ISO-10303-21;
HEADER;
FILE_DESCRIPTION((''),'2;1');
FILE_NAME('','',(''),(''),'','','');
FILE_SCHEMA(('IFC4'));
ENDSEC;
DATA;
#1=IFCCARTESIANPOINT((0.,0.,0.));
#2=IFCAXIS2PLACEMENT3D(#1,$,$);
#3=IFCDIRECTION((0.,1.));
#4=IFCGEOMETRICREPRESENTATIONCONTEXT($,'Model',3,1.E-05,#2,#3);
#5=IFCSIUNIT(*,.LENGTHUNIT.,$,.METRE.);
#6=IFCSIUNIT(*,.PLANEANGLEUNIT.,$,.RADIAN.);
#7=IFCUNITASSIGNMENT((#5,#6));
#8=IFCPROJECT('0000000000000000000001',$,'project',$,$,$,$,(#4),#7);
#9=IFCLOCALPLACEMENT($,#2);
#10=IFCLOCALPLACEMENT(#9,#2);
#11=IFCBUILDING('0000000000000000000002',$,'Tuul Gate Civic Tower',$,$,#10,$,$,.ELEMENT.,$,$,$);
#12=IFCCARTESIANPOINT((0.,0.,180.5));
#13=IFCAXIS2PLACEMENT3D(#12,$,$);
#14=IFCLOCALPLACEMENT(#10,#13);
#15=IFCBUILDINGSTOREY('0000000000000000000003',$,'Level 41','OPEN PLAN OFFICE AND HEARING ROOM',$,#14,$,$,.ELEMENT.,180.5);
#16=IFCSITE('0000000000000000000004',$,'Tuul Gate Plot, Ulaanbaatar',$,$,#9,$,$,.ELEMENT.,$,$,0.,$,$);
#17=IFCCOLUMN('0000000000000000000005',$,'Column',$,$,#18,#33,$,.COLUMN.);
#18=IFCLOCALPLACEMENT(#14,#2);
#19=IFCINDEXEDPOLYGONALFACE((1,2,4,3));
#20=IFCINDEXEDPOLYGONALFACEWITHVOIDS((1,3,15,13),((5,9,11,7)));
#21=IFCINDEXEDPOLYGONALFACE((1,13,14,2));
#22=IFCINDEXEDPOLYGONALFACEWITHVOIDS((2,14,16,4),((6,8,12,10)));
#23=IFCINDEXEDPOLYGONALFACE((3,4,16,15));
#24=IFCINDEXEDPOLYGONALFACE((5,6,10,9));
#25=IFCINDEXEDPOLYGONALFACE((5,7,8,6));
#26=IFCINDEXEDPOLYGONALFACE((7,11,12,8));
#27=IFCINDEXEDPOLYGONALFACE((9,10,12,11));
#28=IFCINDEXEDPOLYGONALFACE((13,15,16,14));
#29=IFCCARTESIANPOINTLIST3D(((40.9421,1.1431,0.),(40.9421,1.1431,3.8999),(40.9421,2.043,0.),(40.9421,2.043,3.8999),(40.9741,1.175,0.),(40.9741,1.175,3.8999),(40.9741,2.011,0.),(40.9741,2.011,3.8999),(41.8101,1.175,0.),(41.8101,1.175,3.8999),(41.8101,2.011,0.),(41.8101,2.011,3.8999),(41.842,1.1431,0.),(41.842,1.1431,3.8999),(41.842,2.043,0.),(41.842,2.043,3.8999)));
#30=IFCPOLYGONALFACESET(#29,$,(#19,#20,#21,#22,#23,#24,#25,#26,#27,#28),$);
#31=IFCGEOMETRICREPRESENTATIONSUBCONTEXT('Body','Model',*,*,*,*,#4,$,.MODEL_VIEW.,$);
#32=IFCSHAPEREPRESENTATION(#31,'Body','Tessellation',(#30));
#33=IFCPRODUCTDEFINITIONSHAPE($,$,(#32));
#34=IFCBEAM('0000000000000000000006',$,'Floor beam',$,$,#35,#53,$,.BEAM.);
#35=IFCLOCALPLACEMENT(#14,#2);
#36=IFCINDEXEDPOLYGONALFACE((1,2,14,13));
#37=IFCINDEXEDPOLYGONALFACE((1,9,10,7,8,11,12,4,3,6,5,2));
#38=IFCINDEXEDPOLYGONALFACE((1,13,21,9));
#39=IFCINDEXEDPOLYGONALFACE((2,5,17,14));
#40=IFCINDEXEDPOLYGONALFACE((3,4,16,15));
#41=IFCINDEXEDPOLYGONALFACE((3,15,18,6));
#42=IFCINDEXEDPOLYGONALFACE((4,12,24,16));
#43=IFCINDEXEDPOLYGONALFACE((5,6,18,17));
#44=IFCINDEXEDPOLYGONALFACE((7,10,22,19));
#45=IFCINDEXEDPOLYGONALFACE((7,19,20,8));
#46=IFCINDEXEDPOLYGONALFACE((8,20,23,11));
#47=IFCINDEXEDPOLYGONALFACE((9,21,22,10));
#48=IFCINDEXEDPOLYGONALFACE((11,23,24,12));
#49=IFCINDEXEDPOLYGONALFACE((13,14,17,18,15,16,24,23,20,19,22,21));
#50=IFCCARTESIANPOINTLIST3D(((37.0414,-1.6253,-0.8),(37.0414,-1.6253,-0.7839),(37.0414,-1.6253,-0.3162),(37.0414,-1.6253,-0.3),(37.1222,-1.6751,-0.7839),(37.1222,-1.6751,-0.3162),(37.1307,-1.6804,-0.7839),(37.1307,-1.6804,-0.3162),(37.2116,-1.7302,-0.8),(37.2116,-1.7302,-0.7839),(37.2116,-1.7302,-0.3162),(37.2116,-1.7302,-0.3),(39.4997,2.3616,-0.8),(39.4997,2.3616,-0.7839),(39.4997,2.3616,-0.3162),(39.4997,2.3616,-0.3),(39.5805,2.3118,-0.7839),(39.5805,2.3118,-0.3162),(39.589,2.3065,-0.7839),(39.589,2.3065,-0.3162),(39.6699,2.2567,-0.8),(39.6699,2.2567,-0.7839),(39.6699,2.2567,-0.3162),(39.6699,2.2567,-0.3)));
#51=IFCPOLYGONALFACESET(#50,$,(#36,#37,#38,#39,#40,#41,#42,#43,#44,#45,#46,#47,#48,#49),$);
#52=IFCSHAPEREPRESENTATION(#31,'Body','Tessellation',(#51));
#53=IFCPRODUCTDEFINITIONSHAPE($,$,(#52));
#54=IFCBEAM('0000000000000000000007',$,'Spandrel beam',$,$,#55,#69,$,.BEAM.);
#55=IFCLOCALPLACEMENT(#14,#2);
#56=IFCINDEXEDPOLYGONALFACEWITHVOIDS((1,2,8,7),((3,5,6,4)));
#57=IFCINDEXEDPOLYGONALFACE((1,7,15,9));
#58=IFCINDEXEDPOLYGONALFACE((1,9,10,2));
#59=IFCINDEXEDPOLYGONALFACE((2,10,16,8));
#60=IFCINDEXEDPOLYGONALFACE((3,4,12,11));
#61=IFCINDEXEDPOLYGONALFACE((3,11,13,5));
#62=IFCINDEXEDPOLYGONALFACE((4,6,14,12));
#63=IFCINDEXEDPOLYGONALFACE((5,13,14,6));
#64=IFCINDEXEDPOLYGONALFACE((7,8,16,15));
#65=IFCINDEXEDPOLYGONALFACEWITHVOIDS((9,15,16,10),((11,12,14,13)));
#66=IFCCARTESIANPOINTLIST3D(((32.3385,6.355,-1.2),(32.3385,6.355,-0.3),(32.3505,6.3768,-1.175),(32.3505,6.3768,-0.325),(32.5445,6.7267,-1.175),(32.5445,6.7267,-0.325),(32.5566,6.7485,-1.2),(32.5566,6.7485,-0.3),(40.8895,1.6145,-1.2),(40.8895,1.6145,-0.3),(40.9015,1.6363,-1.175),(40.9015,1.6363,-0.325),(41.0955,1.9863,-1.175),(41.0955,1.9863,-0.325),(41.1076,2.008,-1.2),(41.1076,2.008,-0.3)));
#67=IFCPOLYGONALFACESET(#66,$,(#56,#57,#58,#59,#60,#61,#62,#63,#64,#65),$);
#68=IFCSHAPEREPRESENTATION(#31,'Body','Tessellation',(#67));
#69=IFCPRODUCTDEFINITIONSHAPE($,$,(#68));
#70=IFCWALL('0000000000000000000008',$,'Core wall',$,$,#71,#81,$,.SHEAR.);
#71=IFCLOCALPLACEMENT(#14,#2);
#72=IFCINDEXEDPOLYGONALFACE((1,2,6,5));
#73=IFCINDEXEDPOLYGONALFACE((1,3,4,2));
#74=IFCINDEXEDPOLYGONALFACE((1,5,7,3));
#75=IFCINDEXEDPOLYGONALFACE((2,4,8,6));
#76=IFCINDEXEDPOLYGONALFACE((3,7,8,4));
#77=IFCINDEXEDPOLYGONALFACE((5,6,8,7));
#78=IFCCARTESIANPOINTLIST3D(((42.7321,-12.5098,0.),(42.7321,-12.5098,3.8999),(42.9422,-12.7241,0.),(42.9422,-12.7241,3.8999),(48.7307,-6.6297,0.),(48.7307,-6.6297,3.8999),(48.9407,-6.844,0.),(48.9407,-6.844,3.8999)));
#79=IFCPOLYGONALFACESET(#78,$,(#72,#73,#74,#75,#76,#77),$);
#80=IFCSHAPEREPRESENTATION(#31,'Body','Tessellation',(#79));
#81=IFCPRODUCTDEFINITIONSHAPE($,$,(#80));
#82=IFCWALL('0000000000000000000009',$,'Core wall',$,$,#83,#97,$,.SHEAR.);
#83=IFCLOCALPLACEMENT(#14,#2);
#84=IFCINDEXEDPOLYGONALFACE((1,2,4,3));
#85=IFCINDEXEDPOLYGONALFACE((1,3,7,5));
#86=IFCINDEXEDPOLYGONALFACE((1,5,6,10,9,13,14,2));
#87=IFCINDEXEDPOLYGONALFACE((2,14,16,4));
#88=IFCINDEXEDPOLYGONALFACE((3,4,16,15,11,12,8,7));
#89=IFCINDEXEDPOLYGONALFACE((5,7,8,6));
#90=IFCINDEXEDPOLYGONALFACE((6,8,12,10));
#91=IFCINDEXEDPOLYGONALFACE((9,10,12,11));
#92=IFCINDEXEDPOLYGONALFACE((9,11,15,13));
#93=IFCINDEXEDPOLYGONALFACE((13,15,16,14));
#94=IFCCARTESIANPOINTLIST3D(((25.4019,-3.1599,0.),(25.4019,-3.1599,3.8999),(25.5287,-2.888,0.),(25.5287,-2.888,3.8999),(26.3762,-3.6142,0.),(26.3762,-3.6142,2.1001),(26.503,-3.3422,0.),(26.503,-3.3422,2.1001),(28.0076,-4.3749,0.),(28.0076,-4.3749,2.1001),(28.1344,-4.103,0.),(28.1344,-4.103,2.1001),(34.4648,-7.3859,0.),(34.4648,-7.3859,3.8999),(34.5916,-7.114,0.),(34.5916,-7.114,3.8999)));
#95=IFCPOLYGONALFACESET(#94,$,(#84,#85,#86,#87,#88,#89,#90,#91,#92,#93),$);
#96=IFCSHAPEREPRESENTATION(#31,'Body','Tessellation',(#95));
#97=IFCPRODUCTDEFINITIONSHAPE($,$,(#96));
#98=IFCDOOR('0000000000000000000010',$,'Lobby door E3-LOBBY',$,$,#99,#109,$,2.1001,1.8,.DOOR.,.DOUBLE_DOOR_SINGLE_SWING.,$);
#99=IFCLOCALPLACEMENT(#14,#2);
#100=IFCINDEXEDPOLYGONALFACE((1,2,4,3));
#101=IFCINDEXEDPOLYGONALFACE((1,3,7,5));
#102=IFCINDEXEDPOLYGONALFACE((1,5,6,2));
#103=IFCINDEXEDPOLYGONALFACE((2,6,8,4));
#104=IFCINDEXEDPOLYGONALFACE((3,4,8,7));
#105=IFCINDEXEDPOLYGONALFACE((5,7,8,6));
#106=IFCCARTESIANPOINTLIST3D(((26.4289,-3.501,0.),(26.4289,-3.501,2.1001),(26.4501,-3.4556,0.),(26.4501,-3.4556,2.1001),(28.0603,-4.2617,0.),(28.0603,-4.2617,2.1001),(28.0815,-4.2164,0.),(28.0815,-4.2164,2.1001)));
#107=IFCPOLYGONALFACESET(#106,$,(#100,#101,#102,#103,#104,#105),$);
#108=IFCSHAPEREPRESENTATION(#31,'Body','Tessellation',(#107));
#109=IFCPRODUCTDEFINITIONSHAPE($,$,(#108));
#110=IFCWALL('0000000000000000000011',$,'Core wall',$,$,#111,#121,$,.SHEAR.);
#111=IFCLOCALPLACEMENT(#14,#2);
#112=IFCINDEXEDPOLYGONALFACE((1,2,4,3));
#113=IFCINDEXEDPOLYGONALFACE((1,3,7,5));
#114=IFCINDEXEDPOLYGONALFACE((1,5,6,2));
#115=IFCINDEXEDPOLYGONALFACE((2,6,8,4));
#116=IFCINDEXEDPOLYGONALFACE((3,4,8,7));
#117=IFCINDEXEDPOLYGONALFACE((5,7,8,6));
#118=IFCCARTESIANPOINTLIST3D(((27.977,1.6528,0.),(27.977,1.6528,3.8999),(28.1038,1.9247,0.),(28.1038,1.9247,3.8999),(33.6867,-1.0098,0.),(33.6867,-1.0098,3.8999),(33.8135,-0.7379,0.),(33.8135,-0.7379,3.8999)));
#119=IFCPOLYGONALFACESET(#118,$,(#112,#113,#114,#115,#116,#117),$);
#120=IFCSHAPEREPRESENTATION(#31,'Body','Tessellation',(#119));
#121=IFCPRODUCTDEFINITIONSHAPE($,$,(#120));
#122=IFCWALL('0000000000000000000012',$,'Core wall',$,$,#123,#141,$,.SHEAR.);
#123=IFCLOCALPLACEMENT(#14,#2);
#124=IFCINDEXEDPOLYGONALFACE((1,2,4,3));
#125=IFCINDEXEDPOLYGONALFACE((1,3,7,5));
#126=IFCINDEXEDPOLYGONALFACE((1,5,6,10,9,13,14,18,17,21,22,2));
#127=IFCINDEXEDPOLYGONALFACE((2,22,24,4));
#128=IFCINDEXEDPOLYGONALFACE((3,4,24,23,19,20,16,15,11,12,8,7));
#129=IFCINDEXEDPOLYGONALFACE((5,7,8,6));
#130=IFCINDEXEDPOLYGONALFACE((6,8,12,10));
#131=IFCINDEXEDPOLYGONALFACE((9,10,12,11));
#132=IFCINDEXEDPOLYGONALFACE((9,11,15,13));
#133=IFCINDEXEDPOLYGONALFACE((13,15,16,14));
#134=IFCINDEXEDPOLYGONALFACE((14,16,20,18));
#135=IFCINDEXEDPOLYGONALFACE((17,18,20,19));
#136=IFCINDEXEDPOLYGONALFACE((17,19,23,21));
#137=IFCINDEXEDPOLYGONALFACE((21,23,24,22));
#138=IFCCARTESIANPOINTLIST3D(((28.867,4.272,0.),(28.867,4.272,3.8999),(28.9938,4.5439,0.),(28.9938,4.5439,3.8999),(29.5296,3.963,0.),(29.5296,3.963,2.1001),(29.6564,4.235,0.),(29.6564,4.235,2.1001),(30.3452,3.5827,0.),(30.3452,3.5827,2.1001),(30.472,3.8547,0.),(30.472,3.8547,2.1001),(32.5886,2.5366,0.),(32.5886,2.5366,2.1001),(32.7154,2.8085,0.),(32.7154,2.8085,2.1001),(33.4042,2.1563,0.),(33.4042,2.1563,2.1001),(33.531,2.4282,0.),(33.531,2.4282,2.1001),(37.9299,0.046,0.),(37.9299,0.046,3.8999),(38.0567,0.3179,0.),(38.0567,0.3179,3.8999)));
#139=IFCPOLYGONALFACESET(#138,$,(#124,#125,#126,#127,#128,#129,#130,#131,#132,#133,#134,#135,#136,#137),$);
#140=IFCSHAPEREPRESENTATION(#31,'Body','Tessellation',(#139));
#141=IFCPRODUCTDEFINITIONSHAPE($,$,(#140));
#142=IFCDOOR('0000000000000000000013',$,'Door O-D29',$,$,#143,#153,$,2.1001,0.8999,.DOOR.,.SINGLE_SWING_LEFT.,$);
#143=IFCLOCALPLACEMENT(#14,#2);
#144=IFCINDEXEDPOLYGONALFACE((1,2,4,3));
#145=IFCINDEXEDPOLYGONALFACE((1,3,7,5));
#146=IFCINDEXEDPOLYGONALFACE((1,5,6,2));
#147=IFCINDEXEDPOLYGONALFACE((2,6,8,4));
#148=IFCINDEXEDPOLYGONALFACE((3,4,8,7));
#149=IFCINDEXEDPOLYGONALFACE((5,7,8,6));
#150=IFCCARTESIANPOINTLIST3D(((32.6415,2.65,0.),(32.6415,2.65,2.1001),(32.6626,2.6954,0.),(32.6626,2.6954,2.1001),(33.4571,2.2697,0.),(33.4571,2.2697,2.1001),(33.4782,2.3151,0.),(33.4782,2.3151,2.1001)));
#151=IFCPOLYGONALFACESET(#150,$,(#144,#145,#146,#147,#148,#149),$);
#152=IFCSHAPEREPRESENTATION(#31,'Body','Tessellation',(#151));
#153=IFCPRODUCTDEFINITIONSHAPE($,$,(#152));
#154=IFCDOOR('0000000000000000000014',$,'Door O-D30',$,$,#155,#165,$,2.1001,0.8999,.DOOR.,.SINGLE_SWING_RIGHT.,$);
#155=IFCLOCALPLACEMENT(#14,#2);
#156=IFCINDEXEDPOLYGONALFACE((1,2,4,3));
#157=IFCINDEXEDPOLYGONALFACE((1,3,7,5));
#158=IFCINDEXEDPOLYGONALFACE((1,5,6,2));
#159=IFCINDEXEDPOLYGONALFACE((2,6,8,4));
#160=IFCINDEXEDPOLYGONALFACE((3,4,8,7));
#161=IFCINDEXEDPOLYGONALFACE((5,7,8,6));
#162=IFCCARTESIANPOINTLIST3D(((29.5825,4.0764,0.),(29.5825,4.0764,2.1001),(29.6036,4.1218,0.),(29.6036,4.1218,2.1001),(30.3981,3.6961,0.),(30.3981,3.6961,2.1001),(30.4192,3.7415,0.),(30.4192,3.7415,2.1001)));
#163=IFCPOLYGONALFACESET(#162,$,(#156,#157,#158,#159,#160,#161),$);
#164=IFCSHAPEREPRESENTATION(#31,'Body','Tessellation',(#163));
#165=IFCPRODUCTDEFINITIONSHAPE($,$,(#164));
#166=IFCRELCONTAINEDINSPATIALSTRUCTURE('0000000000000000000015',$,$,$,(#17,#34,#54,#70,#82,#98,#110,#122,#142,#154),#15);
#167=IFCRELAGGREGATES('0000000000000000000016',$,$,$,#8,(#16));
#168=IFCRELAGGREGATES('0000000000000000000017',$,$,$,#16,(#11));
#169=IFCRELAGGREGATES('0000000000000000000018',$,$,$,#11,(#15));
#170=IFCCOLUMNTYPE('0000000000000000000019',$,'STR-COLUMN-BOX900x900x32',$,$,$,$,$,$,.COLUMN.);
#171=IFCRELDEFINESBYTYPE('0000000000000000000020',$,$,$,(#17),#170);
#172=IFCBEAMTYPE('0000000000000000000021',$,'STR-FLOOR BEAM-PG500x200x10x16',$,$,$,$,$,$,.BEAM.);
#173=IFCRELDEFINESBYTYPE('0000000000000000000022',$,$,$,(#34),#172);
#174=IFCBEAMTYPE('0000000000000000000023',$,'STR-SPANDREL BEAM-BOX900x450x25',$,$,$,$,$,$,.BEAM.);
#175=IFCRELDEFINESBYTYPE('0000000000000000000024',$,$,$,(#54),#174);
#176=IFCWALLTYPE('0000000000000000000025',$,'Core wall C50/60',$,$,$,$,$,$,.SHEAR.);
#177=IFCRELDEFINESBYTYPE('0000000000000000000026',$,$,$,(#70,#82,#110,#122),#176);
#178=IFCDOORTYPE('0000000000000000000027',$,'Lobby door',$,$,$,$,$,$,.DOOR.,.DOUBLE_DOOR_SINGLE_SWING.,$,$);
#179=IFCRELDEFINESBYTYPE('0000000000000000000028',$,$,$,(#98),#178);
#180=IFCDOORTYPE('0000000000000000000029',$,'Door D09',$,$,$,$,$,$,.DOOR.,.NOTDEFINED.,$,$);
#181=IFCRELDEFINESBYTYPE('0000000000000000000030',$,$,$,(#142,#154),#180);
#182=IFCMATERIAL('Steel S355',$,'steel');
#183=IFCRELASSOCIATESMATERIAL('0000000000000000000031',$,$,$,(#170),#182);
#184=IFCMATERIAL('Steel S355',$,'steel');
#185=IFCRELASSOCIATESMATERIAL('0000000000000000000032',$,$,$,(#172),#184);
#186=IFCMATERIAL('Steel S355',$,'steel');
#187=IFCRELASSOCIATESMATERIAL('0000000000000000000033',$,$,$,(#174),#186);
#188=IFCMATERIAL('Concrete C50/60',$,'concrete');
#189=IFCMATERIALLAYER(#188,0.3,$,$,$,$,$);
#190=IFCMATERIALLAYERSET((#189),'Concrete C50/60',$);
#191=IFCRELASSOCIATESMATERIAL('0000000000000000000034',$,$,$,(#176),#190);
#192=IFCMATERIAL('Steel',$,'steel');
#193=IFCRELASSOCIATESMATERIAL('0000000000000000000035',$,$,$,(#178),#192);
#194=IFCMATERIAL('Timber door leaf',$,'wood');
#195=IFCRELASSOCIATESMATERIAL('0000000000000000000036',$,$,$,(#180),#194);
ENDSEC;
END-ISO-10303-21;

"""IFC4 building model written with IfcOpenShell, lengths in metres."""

from ifc_helpers import new_model, si_unit, direction, frame, frame_2d, origin, origin_2d, place, context, subcontext, project, spatial, rectangle, hollow_rectangle, i_section, extrude, material, layer, layer_set, material_profile, profile_set, type_object, element, fill, save


model = new_model("IFC4")

# Units and contexts
model_context = context("Model", 3, precision=1e-05, world=origin(), true_north=direction((0.0, 1.0)))
body_context = subcontext(model_context, "Body", "Model", "MODEL_VIEW")
ifc_project = project(units=[si_unit("LENGTHUNIT", "METRE"), si_unit("PLANEANGLEUNIT", "RADIAN")], contexts=[model_context])

# Site, building, storey
site_placement = place(None, origin())
site = spatial("IfcSite", under=ifc_project, at=site_placement, Name="Tuul Gate Plot, Ulaanbaatar", CompositionType="ELEMENT", RefElevation=0.0)
building_placement = place(site_placement, origin())
building = spatial("IfcBuilding", under=site, at=building_placement, Name="Tuul Gate Civic Tower", CompositionType="ELEMENT")
storey_placement = place(building_placement, frame((0.0, 0.0, 180.5)))
storey = spatial("IfcBuildingStorey", under=building, at=storey_placement, Name="Level 41", Description="OPEN PLAN OFFICE AND HEARING ROOM", CompositionType="ELEMENT", Elevation=180.5)

# Column
ifc_material_1 = material(Name="Steel S355", Category="steel")
ifc_material_profile_1 = material_profile(ifc_material_1, hollow_rectangle(XDim=0.8999, YDim=0.8999, WallThickness=0.032, at=origin_2d()), Name="BOX900x900x32")
ifc_profile_set_1 = profile_set([ifc_material_profile_1], Name="Steel S355")
column_type = type_object("IfcColumnType", Name="STR-COLUMN-BOX900x900x32", PredefinedType="COLUMN", material=ifc_profile_set_1)
column_placement = place(storey_placement, frame((41.3921, 1.593, 0.0), z_axis=(0.0, 0.0, 1.0), x_axis=(1.0, 0.0, 0.0)))
element("IfcColumn", 1, at=column_placement, inside=storey, type_object=column_type, Name="Column", PredefinedType="COLUMN", context=body_context, shape_type="SweptSolid", body=[
    extrude(hollow_rectangle(XDim=0.8999, YDim=0.8999, WallThickness=0.032, at=origin_2d()), origin(), (0.0, 0.0, 1.0), 3.8999),
])

# Beams
ifc_material_2 = material(Name="Steel S355", Category="steel")
ifc_material_profile_2 = material_profile(ifc_material_2, i_section(OverallWidth=0.2, OverallDepth=0.5, WebThickness=0.01, FlangeThickness=0.0161, at=origin_2d()), Name="PG500x200x10x16")
ifc_profile_set_2 = profile_set([ifc_material_profile_2], Name="Steel S355")
beam_type_1 = type_object("IfcBeamType", Name="STR-FLOOR BEAM-PG500x200x10x16", PredefinedType="BEAM", material=ifc_profile_set_2)
beam_1_placement = place(storey_placement, frame((37.1265, -1.6777, -0.55), z_axis=(0.524845, 0.851198, 0.0), x_axis=(-0.851198, 0.524845, 0.0)))
element("IfcBeam", 2, at=beam_1_placement, inside=storey, type_object=beam_type_1, Name="Floor beam", PredefinedType="BEAM", context=body_context, shape_type="SweptSolid", body=[
    extrude(i_section(OverallWidth=0.2, OverallDepth=0.5, WebThickness=0.01, FlangeThickness=0.0161, at=origin_2d()), origin(), (0.0, 0.0, 1.0), 4.6838),
])
ifc_material_3 = material(Name="Steel S355", Category="steel")
ifc_material_profile_3 = material_profile(ifc_material_3, hollow_rectangle(XDim=0.45, YDim=0.8999, WallThickness=0.0249, at=origin_2d()), Name="BOX900x450x25")
ifc_profile_set_3 = profile_set([ifc_material_profile_3], Name="Steel S355")
beam_type_2 = type_object("IfcBeamType", Name="STR-SPANDREL BEAM-BOX900x450x25", PredefinedType="BEAM", material=ifc_profile_set_3)
beam_2_placement = place(storey_placement, frame((40.9985, 1.8113, -0.75), z_axis=(-0.874595, 0.484854, 0.0), x_axis=(-0.484854, -0.874595, 0.0)))
element("IfcBeam", 3, at=beam_2_placement, inside=storey, type_object=beam_type_2, Name="Spandrel beam", PredefinedType="BEAM", context=body_context, shape_type="SweptSolid", body=[
    extrude(hollow_rectangle(XDim=0.45, YDim=0.8999, WallThickness=0.0249, at=origin_2d()), origin(), (0.0, 0.0, 1.0), 9.7771),
])

# Wall
ifc_material_4 = material(Name="Concrete C50/60", Category="concrete")
ifc_layer_1 = layer(ifc_material_4, 0.3)
ifc_layer_set_1 = layer_set([ifc_layer_1], Name="Concrete C50/60")
wall_type_1 = type_object("IfcWallType", Name="Core wall C50/60", PredefinedType="SHEAR", material=ifc_layer_set_1)
wall_1_placement = place(storey_placement, frame((42.8372, -12.6169, 0.0), z_axis=(0.0, 0.0, 1.0), x_axis=(0.71412, 0.700023, 0.0)))
element("IfcWall", 4, at=wall_1_placement, inside=storey, type_object=wall_type_1, Name="Core wall", PredefinedType="SHEAR", context=body_context, shape_type="SweptSolid", body=[
    extrude(rectangle(XDim=8.3999, YDim=0.3, at=frame_2d((4.2, 0.0))), origin(), (0.0, 0.0, 1.0), 3.8999),
])

# Wall, opening, door
wall_2_placement = place(storey_placement, frame((34.5283, -7.25, 0.0), z_axis=(0.0, 0.0, 1.0), x_axis=(-0.90631, 0.422613, 0.0)))
wall_2 = element("IfcWall", 5, at=wall_2_placement, inside=storey, type_object=wall_type_1, Name="Core wall", PredefinedType="SHEAR", context=body_context, shape_type="SweptSolid", body=[
    extrude(rectangle(XDim=9.9998, YDim=0.3, at=frame_2d((5.0, 0.0))), origin(), (0.0, 0.0, 1.0), 3.8999),
])
opening_1_placement = place(wall_2_placement, frame((7.125, 0.0, 0.0)))
opening_1 = element("IfcOpeningElement", 6, at=opening_1_placement, cuts=wall_2, PredefinedType="OPENING", context=body_context, shape_type="SweptSolid", body=[
    extrude(rectangle(XDim=1.8, YDim=2.1001, at=frame_2d((0.8999, 1.05))), frame((0.0, 0.1602, 0.0), z_axis=(0.0, -1.0, 0.0), x_axis=(1.0, 0.0, 0.0)), (0.0, 0.0, 1.0), 0.3201),
])
ifc_material_5 = material(Name="Steel", Category="steel")
door_type_1 = type_object("IfcDoorType", Name="Lobby door", OperationType="DOUBLE_DOOR_SINGLE_SWING", PredefinedType="DOOR", material=ifc_material_5)
door_1_placement = place(opening_1_placement, frame((1.8, 0.0, 0.0), z_axis=(0.0, 0.0, 1.0), x_axis=(-1.0, 0.0, 0.0)))
door_1 = element("IfcDoor", 7, at=door_1_placement, inside=storey, type_object=door_type_1, Name="Lobby door E3-LOBBY", OperationType="DOUBLE_DOOR_SINGLE_SWING", OverallHeight=2.1001, OverallWidth=1.8, PredefinedType="DOOR", context=body_context, shape_type="SweptSolid", body=[
    extrude(rectangle(XDim=1.8, YDim=2.1001, at=frame_2d((0.9001, 1.05))), frame((0.0, 0.0249, 0.0), z_axis=(0.0, -1.0, 0.0), x_axis=(1.0, 0.0, 0.0)), (0.0, 0.0, 1.0), 0.05),
])
fill(opening_1, door_1)

# Wall
wall_3_placement = place(storey_placement, frame((33.75, -0.8738, 0.0), z_axis=(0.0, 0.0, 1.0), x_axis=(-0.906301, 0.422633, 0.0)))
element("IfcWall", 8, at=wall_3_placement, inside=storey, type_object=wall_type_1, Name="Core wall", PredefinedType="SHEAR", context=body_context, shape_type="SweptSolid", body=[
    extrude(rectangle(XDim=6.3, YDim=0.3, at=frame_2d((3.1499, 0.0))), origin(), (0.0, 0.0, 1.0), 3.8999),
])

# Wall, openings, doors
wall_4_placement = place(storey_placement, frame((37.9934, 0.1819, 0.0), z_axis=(0.0, 0.0, 1.0), x_axis=(-0.90631, 0.422613, 0.0)))
wall_4 = element("IfcWall", 9, at=wall_4_placement, inside=storey, type_object=wall_type_1, Name="Core wall", PredefinedType="SHEAR", context=body_context, shape_type="SweptSolid", body=[
    extrude(rectangle(XDim=9.9998, YDim=0.3, at=frame_2d((5.0, 0.0))), origin(), (0.0, 0.0, 1.0), 3.8999),
])
opening_2_placement = place(wall_4_placement, frame((4.9937, 0.0, 0.0)))
opening_2 = element("IfcOpeningElement", 10, at=opening_2_placement, cuts=wall_4, PredefinedType="OPENING", context=body_context, shape_type="SweptSolid", body=[
    extrude(rectangle(XDim=0.8999, YDim=2.1001, at=frame_2d((0.45, 1.05))), frame((0.0, 0.1602, 0.0), z_axis=(0.0, -1.0, 0.0), x_axis=(1.0, 0.0, 0.0)), (0.0, 0.0, 1.0), 0.3201),
])
opening_3_placement = place(wall_4_placement, frame((8.3689, 0.0, 0.0)))
opening_3 = element("IfcOpeningElement", 11, at=opening_3_placement, cuts=wall_4, PredefinedType="OPENING", context=body_context, shape_type="SweptSolid", body=[
    extrude(rectangle(XDim=0.8999, YDim=2.1001, at=frame_2d((0.45, 1.05))), frame((0.0, 0.1602, 0.0), z_axis=(0.0, -1.0, 0.0), x_axis=(1.0, 0.0, 0.0)), (0.0, 0.0, 1.0), 0.3201),
])
ifc_material_6 = material(Name="Timber door leaf", Category="wood")
door_type_2 = type_object("IfcDoorType", Name="Door D09", OperationType="NOTDEFINED", PredefinedType="DOOR", material=ifc_material_6)
door_2_placement = place(opening_2_placement, origin())
door_2 = element("IfcDoor", 12, at=door_2_placement, inside=storey, type_object=door_type_2, Name="Door O-D29", OperationType="SINGLE_SWING_LEFT", OverallHeight=2.1001, OverallWidth=0.8999, PredefinedType="DOOR", context=body_context, shape_type="SweptSolid", body=[
    extrude(rectangle(XDim=0.8999, YDim=2.1001, at=frame_2d((0.45, 1.05))), frame((0.0, 0.0249, 0.0), z_axis=(0.0, -1.0, 0.0), x_axis=(1.0, 0.0, 0.0)), (0.0, 0.0, 1.0), 0.05),
])
fill(opening_2, door_2)
door_3_placement = place(opening_3_placement, origin())
door_3 = element("IfcDoor", 13, at=door_3_placement, inside=storey, type_object=door_type_2, Name="Door O-D30", OperationType="SINGLE_SWING_RIGHT", OverallHeight=2.1001, OverallWidth=0.8999, PredefinedType="DOOR", context=body_context, shape_type="SweptSolid", body=[
    extrude(rectangle(XDim=0.8999, YDim=2.1001, at=frame_2d((0.45, 1.05))), frame((0.0, 0.0249, 0.0), z_axis=(0.0, -1.0, 0.0), x_axis=(1.0, 0.0, 0.0)), (0.0, 0.0, 1.0), 0.05),
])
fill(opening_3, door_3)

save(model, "model.ifc")
